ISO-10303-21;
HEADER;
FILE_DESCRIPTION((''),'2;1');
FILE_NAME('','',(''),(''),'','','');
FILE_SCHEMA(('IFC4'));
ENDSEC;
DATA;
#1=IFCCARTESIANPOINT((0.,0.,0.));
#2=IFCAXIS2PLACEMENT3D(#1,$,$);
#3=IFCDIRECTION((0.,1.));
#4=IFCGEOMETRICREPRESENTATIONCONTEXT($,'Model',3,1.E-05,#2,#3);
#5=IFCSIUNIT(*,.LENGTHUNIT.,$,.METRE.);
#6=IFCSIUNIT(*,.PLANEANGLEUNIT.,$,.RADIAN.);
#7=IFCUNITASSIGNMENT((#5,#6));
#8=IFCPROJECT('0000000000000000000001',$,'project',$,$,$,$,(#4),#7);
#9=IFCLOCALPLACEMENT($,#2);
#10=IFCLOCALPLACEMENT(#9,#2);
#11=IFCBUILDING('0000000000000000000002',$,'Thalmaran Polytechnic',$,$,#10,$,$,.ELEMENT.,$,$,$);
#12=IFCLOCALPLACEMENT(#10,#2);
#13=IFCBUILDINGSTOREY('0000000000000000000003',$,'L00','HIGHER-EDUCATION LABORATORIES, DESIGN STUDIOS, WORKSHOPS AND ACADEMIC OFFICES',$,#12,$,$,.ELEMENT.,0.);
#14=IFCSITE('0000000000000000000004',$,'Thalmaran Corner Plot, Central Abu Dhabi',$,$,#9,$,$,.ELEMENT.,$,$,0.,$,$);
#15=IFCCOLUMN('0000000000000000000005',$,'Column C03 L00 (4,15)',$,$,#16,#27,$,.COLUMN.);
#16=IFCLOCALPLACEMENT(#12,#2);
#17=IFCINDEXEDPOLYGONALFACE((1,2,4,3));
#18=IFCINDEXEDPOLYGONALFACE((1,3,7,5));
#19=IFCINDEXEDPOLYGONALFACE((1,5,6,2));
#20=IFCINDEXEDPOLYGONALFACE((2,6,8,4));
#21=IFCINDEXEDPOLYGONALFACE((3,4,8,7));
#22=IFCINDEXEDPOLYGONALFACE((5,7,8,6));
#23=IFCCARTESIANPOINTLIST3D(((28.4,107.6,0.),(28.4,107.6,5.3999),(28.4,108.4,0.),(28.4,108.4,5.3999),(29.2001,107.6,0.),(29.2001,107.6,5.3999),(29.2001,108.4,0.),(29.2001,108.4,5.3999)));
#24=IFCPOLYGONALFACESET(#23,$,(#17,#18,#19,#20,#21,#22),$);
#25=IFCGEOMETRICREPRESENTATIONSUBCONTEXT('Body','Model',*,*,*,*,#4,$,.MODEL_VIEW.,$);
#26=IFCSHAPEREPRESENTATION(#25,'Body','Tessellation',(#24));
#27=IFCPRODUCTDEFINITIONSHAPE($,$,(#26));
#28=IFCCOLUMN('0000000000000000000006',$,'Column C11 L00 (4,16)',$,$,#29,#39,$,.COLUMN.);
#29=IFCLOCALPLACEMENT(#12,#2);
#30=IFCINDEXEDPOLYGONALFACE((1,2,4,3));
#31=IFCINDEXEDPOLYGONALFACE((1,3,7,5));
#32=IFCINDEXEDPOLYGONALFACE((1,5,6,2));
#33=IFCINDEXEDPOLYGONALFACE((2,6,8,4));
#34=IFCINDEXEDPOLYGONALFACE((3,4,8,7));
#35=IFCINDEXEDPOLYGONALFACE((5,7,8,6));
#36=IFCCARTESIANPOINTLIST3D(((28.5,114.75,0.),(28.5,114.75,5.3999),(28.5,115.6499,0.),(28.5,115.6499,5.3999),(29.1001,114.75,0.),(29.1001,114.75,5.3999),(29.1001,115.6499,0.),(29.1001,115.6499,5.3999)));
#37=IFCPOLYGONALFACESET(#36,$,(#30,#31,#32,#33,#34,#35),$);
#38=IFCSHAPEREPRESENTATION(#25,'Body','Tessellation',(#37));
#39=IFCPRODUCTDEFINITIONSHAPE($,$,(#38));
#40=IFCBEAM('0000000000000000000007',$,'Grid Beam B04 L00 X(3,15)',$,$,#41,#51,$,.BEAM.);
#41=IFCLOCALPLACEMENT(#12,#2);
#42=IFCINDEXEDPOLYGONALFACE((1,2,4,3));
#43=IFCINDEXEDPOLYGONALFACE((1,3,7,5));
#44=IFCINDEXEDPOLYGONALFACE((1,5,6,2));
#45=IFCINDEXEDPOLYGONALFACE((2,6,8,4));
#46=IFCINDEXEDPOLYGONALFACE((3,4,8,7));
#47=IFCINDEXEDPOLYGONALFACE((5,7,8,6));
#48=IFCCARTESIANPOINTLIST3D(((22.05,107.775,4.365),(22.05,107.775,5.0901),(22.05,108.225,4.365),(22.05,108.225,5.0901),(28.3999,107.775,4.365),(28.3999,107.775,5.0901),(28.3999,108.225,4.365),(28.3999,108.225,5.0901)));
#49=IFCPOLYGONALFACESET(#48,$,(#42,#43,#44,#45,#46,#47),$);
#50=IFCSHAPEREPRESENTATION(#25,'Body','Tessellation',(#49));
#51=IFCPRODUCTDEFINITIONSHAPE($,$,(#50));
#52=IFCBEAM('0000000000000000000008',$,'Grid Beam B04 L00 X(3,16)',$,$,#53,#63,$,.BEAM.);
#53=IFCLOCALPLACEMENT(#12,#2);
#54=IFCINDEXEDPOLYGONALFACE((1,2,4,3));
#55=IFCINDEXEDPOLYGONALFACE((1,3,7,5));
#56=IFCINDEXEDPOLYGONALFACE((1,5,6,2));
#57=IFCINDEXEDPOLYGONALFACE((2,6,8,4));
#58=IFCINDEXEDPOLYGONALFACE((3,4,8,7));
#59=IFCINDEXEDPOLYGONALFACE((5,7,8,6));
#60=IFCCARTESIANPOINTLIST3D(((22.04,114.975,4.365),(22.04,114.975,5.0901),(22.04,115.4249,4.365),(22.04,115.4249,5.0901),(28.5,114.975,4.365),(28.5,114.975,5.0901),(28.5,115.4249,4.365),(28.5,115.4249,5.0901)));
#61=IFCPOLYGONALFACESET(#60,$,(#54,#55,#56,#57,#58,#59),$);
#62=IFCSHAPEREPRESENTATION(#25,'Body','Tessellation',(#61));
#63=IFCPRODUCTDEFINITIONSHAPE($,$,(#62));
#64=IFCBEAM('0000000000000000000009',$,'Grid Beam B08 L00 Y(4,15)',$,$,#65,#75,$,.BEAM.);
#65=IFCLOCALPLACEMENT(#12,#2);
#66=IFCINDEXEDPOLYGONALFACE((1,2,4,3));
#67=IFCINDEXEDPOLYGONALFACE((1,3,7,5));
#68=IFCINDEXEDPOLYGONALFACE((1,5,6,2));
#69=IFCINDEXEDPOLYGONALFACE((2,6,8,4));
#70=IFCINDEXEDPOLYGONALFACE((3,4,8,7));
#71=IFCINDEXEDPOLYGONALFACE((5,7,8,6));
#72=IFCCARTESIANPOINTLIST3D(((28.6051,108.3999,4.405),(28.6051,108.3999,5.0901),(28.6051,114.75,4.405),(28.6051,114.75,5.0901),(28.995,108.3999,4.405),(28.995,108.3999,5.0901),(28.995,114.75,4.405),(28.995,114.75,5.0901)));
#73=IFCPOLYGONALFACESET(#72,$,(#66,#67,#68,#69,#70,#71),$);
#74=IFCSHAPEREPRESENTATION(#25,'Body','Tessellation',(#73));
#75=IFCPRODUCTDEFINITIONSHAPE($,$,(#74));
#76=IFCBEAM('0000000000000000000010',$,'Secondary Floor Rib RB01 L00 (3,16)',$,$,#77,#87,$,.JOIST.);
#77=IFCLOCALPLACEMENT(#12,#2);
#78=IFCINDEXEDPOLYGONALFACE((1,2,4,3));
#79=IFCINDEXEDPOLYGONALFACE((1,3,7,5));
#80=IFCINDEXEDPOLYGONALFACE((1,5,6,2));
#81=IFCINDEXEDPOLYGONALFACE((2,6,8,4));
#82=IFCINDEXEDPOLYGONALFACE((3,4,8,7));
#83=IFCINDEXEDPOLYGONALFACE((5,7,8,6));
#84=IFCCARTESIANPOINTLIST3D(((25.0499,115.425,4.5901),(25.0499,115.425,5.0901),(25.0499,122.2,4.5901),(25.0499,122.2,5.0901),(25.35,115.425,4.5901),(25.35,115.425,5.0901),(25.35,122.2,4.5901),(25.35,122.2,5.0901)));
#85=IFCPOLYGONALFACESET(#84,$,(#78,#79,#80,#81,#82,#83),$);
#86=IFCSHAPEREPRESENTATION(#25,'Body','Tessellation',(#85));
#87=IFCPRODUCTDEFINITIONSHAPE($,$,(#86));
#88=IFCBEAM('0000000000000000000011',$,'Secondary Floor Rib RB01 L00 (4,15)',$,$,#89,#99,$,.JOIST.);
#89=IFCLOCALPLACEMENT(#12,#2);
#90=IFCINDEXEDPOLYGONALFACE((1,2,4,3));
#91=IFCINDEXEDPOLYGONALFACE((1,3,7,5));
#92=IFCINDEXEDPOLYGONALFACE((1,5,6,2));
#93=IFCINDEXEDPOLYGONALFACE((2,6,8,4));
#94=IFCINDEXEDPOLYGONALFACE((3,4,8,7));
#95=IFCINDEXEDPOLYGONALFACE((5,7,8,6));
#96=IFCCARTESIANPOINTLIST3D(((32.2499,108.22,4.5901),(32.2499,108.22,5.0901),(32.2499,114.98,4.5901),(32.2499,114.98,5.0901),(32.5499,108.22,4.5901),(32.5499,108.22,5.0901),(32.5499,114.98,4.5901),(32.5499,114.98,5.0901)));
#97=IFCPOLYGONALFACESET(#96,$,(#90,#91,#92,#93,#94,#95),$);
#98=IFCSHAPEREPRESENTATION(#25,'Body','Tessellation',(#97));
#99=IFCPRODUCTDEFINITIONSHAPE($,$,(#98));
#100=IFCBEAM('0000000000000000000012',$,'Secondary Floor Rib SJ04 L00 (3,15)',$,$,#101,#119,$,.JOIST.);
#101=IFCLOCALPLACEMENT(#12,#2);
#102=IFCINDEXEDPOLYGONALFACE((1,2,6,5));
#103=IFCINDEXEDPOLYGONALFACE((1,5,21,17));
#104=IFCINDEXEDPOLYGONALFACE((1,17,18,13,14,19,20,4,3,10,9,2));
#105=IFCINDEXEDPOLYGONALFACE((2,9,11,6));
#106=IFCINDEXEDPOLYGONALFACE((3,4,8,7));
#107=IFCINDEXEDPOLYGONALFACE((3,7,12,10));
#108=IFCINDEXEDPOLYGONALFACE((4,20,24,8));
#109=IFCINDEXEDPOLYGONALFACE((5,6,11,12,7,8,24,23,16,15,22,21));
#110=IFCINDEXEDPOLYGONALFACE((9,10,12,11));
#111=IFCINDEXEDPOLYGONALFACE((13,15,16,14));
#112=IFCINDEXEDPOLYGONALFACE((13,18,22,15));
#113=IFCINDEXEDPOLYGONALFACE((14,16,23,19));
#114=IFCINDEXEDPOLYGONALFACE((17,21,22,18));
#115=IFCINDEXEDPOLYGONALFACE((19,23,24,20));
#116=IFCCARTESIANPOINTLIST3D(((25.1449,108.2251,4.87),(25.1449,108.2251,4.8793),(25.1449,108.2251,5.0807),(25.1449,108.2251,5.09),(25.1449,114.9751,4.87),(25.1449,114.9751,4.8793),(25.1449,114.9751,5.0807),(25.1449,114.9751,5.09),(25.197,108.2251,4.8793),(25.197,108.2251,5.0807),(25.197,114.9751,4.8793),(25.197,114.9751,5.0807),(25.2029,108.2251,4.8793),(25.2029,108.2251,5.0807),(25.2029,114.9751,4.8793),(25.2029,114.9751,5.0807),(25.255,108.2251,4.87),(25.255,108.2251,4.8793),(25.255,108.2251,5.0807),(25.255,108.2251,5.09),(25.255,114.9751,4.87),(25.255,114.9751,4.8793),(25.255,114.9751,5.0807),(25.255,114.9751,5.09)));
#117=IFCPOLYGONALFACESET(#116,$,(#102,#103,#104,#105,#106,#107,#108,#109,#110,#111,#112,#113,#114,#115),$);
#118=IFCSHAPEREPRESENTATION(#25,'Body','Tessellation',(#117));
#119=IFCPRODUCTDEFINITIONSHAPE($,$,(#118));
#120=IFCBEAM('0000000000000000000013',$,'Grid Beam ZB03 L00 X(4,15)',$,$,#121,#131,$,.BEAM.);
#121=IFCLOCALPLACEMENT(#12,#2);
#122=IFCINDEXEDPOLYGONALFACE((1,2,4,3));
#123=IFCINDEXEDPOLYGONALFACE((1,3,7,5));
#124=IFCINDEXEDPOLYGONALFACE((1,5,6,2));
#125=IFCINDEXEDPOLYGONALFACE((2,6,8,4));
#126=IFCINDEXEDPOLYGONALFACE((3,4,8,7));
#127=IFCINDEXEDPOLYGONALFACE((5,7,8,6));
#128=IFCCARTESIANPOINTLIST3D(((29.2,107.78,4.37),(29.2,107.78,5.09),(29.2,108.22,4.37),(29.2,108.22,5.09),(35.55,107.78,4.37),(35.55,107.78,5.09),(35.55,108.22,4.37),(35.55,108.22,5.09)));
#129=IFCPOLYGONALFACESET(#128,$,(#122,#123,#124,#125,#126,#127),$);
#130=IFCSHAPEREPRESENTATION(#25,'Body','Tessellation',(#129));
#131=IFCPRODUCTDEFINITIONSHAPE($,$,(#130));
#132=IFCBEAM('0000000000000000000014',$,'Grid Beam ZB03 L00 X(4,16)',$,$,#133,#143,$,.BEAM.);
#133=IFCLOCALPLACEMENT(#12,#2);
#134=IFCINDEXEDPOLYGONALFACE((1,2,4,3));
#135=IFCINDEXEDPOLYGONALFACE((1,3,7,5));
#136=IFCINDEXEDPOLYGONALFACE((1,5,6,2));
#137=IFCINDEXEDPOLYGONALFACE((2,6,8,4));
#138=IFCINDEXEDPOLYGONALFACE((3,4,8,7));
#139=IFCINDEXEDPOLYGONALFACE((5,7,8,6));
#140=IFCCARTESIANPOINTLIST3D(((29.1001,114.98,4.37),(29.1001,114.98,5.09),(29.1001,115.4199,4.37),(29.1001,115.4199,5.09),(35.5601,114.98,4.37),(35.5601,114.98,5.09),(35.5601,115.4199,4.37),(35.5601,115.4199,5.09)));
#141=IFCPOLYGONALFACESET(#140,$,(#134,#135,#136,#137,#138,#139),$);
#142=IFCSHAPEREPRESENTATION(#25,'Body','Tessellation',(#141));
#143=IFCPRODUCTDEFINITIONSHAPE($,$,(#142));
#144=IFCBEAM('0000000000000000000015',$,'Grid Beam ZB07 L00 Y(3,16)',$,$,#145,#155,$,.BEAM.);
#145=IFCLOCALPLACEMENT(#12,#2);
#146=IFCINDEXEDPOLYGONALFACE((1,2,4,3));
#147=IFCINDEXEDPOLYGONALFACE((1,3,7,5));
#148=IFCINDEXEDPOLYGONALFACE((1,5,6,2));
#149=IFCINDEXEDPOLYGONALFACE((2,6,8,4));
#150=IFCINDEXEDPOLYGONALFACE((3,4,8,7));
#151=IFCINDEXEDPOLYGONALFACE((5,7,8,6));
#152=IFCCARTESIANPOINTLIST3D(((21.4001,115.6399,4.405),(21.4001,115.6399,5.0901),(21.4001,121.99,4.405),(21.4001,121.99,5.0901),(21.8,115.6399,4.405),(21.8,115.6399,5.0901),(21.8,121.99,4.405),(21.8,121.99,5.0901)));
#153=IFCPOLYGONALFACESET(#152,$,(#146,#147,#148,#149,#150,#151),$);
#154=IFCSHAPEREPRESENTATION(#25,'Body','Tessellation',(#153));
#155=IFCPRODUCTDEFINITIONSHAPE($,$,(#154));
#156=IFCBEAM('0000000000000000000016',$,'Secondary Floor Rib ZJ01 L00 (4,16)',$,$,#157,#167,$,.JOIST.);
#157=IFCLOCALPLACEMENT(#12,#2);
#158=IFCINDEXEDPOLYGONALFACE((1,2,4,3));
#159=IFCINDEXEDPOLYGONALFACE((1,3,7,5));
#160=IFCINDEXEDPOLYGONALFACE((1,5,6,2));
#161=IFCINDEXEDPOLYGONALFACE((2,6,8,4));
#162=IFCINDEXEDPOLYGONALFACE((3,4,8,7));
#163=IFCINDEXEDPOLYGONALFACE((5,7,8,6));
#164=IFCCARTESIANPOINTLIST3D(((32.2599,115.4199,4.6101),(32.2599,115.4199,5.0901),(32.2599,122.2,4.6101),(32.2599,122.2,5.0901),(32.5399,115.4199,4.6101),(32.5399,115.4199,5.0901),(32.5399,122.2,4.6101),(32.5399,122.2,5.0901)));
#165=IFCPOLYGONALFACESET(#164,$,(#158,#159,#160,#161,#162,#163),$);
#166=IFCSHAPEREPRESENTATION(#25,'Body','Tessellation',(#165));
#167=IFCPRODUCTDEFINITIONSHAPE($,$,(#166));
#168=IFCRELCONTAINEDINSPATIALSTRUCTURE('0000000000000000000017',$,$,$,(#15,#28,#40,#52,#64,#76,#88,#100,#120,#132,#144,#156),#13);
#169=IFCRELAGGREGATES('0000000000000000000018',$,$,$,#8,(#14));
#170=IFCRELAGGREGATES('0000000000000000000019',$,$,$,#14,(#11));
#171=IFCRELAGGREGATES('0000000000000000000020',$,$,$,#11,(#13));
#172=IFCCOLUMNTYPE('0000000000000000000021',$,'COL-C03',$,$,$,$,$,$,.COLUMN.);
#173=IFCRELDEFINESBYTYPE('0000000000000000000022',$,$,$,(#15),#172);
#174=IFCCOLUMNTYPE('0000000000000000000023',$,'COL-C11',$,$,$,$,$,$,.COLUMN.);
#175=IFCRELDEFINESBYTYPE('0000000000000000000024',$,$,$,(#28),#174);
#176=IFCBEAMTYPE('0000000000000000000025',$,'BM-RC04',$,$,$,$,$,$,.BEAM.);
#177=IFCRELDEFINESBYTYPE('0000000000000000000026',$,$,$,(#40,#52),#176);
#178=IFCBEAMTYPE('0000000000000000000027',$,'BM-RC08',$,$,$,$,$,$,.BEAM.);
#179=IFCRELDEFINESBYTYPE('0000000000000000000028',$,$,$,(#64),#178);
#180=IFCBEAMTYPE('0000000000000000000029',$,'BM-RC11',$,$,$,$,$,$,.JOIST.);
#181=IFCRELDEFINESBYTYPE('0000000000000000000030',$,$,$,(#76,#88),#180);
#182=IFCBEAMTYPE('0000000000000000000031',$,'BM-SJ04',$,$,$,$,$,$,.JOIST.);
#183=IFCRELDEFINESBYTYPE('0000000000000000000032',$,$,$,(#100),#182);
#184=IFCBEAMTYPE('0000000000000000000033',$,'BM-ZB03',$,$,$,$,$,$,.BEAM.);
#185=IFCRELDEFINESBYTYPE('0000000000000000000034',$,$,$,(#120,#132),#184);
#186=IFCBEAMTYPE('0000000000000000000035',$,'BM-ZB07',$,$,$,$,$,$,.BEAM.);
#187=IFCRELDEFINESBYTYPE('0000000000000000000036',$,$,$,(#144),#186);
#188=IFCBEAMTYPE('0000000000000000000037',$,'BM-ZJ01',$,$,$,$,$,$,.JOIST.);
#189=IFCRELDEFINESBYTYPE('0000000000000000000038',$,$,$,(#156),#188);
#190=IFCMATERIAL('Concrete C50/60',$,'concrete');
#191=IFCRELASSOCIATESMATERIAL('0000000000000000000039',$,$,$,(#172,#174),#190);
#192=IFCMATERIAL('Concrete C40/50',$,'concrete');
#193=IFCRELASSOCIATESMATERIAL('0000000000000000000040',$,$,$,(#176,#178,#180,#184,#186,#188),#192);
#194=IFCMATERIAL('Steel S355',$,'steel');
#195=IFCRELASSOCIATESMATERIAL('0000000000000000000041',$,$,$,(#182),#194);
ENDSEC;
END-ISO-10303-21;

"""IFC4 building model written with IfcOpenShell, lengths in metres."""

from ifc_helpers import new_model, si_unit, direction, frame, origin, origin_2d, place, context, subcontext, project, spatial, rectangle, i_section, extrude, material, material_profile, profile_set, type_object, element, save


model = new_model("IFC4")

# Units and contexts
model_context = context("Model", 3, precision=1e-05, world=origin(), true_north=direction((0.0, 1.0)))
body_context = subcontext(model_context, "Body", "Model", "MODEL_VIEW")
ifc_project = project(units=[si_unit("LENGTHUNIT", "METRE"), si_unit("PLANEANGLEUNIT", "RADIAN")], contexts=[model_context])

# Site, building, storey
site_placement = place(None, origin())
site = spatial("IfcSite", under=ifc_project, at=site_placement, Name="Thalmaran Corner Plot, Central Abu Dhabi", CompositionType="ELEMENT", RefElevation=0.0)
building_placement = place(site_placement, origin())
building = spatial("IfcBuilding", under=site, at=building_placement, Name="Thalmaran Polytechnic", CompositionType="ELEMENT")
storey_placement = place(building_placement, origin())
storey = spatial("IfcBuildingStorey", under=building, at=storey_placement, Name="L00", Description="HIGHER-EDUCATION LABORATORIES, DESIGN STUDIOS, WORKSHOPS AND ACADEMIC OFFICES", CompositionType="ELEMENT", Elevation=0.0)

# Columns
ifc_material_1 = material(Name="Concrete C50/60", Category="concrete")
ifc_material_profile_1 = material_profile(ifc_material_1, rectangle(XDim=0.8, YDim=0.8, at=origin_2d()), Name="RC 800x800")
ifc_profile_set_1 = profile_set([ifc_material_profile_1], Name="Concrete C50/60")
column_type_1 = type_object("IfcColumnType", Name="COL-C03", PredefinedType="COLUMN", material=ifc_profile_set_1)
column_1_placement = place(storey_placement, frame((28.8, 108.0, 0.0), z_axis=(0.0, 0.0, 1.0), x_axis=(1.0, 0.0, 0.0)))
element("IfcColumn", 1, at=column_1_placement, inside=storey, type_object=column_type_1, Name="Column C03 L00 (4,15)", PredefinedType="COLUMN", context=body_context, shape_type="SweptSolid", body=[
    extrude(rectangle(XDim=0.8, YDim=0.8, at=origin_2d()), origin(), (0.0, 0.0, 1.0), 5.3999),
])
ifc_material_profile_2 = material_profile(ifc_material_1, rectangle(XDim=0.6001, YDim=0.8999, at=origin_2d()), Name="RC 600x900")
ifc_profile_set_2 = profile_set([ifc_material_profile_2], Name="Concrete C50/60")
column_type_2 = type_object("IfcColumnType", Name="COL-C11", PredefinedType="COLUMN", material=ifc_profile_set_2)
column_2_placement = place(storey_placement, frame((28.8, 115.2, 0.0), z_axis=(0.0, 0.0, 1.0), x_axis=(1.0, 0.0, 0.0)))
element("IfcColumn", 2, at=column_2_placement, inside=storey, type_object=column_type_2, Name="Column C11 L00 (4,16)", PredefinedType="COLUMN", context=body_context, shape_type="SweptSolid", body=[
    extrude(rectangle(XDim=0.6001, YDim=0.8999, at=origin_2d()), origin(), (0.0, 0.0, 1.0), 5.3999),
])

# Beams
ifc_material_2 = material(Name="Concrete C40/50", Category="concrete")
ifc_material_profile_3 = material_profile(ifc_material_2, rectangle(XDim=0.45, YDim=0.7251, at=origin_2d()), Name="RC 450x725")
ifc_profile_set_3 = profile_set([ifc_material_profile_3], Name="Concrete C40/50")
beam_type_1 = type_object("IfcBeamType", Name="BM-RC04", PredefinedType="BEAM", material=ifc_profile_set_3)
beam_1_placement = place(storey_placement, frame((22.05, 108.0, 4.7275), z_axis=(1.0, 0.0, 0.0), x_axis=(0.0, 1.0, 0.0)))
element("IfcBeam", 3, at=beam_1_placement, inside=storey, type_object=beam_type_1, Name="Grid Beam B04 L00 X(3,15)", PredefinedType="BEAM", context=body_context, shape_type="SweptSolid", body=[
    extrude(rectangle(XDim=0.45, YDim=0.7251, at=origin_2d()), origin(), (0.0, 0.0, 1.0), 6.3499),
])
beam_2_placement = place(storey_placement, frame((22.04, 115.2, 4.7275), z_axis=(1.0, 0.0, 0.0), x_axis=(0.0, 1.0, 0.0)))
element("IfcBeam", 4, at=beam_2_placement, inside=storey, type_object=beam_type_1, Name="Grid Beam B04 L00 X(3,16)", PredefinedType="BEAM", context=body_context, shape_type="SweptSolid", body=[
    extrude(rectangle(XDim=0.45, YDim=0.7251, at=origin_2d()), origin(), (0.0, 0.0, 1.0), 6.46),
])
ifc_material_profile_4 = material_profile(ifc_material_2, rectangle(XDim=0.3899, YDim=0.6851, at=origin_2d()), Name="RC 390x685")
ifc_profile_set_4 = profile_set([ifc_material_profile_4], Name="Concrete C40/50")
beam_type_2 = type_object("IfcBeamType", Name="BM-RC08", PredefinedType="BEAM", material=ifc_profile_set_4)
beam_3_placement = place(storey_placement, frame((28.8, 108.3999, 4.7476), z_axis=(0.0, 1.0, 0.0), x_axis=(-1.0, 0.0, 0.0)))
element("IfcBeam", 5, at=beam_3_placement, inside=storey, type_object=beam_type_2, Name="Grid Beam B08 L00 Y(4,15)", PredefinedType="BEAM", context=body_context, shape_type="SweptSolid", body=[
    extrude(rectangle(XDim=0.3899, YDim=0.6851, at=origin_2d()), origin(), (0.0, 0.0, 1.0), 6.3501),
])
ifc_material_profile_5 = material_profile(ifc_material_2, rectangle(XDim=0.3, YDim=0.5, at=origin_2d()), Name="RC 300x500")
ifc_profile_set_5 = profile_set([ifc_material_profile_5], Name="Concrete C40/50")
beam_type_3 = type_object("IfcBeamType", Name="BM-RC11", PredefinedType="JOIST", material=ifc_profile_set_5)
beam_4_placement = place(storey_placement, frame((25.2, 115.425, 4.8401), z_axis=(0.0, 1.0, 0.0), x_axis=(-1.0, 0.0, 0.0)))
element("IfcBeam", 6, at=beam_4_placement, inside=storey, type_object=beam_type_3, Name="Secondary Floor Rib RB01 L00 (3,16)", PredefinedType="JOIST", context=body_context, shape_type="SweptSolid", body=[
    extrude(rectangle(XDim=0.3, YDim=0.5, at=origin_2d()), origin(), (0.0, 0.0, 1.0), 6.7749),
])
beam_5_placement = place(storey_placement, frame((32.3999, 108.22, 4.8401), z_axis=(0.0, 1.0, 0.0), x_axis=(-1.0, 0.0, 0.0)))
element("IfcBeam", 7, at=beam_5_placement, inside=storey, type_object=beam_type_3, Name="Secondary Floor Rib RB01 L00 (4,15)", PredefinedType="JOIST", context=body_context, shape_type="SweptSolid", body=[
    extrude(rectangle(XDim=0.3, YDim=0.5, at=origin_2d()), origin(), (0.0, 0.0, 1.0), 6.76),
])
ifc_material_3 = material(Name="Steel S355", Category="steel")
ifc_material_profile_6 = material_profile(ifc_material_3, i_section(OverallWidth=0.1101, OverallDepth=0.22, WebThickness=0.0059, FlangeThickness=0.0093, at=origin_2d()), Name="IPE 220")
ifc_profile_set_6 = profile_set([ifc_material_profile_6], Name="Steel S355")
beam_type_4 = type_object("IfcBeamType", Name="BM-SJ04", PredefinedType="JOIST", material=ifc_profile_set_6)
beam_6_placement = place(storey_placement, frame((25.2, 108.2251, 4.98), z_axis=(0.0, 1.0, 0.0), x_axis=(-1.0, 0.0, 0.0)))
element("IfcBeam", 8, at=beam_6_placement, inside=storey, type_object=beam_type_4, Name="Secondary Floor Rib SJ04 L00 (3,15)", PredefinedType="JOIST", context=body_context, shape_type="SweptSolid", body=[
    extrude(i_section(OverallWidth=0.1101, OverallDepth=0.22, WebThickness=0.0059, FlangeThickness=0.0093, at=origin_2d()), origin(), (0.0, 0.0, 1.0), 6.75),
])
ifc_material_profile_7 = material_profile(ifc_material_2, rectangle(XDim=0.4399, YDim=0.72, at=origin_2d()), Name="RC 440x720")
ifc_profile_set_7 = profile_set([ifc_material_profile_7], Name="Concrete C40/50")
beam_type_5 = type_object("IfcBeamType", Name="BM-ZB03", PredefinedType="BEAM", material=ifc_profile_set_7)
beam_7_placement = place(storey_placement, frame((29.2, 108.0, 4.73), z_axis=(1.0, 0.0, 0.0), x_axis=(0.0, 1.0, 0.0)))
element("IfcBeam", 9, at=beam_7_placement, inside=storey, type_object=beam_type_5, Name="Grid Beam ZB03 L00 X(4,15)", PredefinedType="BEAM", context=body_context, shape_type="SweptSolid", body=[
    extrude(rectangle(XDim=0.4399, YDim=0.72, at=origin_2d()), origin(), (0.0, 0.0, 1.0), 6.3501),
])
beam_8_placement = place(storey_placement, frame((29.1001, 115.2, 4.73), z_axis=(1.0, 0.0, 0.0), x_axis=(0.0, 1.0, 0.0)))
element("IfcBeam", 10, at=beam_8_placement, inside=storey, type_object=beam_type_5, Name="Grid Beam ZB03 L00 X(4,16)", PredefinedType="BEAM", context=body_context, shape_type="SweptSolid", body=[
    extrude(rectangle(XDim=0.4399, YDim=0.72, at=origin_2d()), origin(), (0.0, 0.0, 1.0), 6.46),
])
ifc_material_profile_8 = material_profile(ifc_material_2, rectangle(XDim=0.3999, YDim=0.6851, at=origin_2d()), Name="RC 400x685")
ifc_profile_set_8 = profile_set([ifc_material_profile_8], Name="Concrete C40/50")
beam_type_6 = type_object("IfcBeamType", Name="BM-ZB07", PredefinedType="BEAM", material=ifc_profile_set_8)
beam_9_placement = place(storey_placement, frame((21.6001, 115.6399, 4.7476), z_axis=(0.0, 1.0, 0.0), x_axis=(-1.0, 0.0, 0.0)))
element("IfcBeam", 11, at=beam_9_placement, inside=storey, type_object=beam_type_6, Name="Grid Beam ZB07 L00 Y(3,16)", PredefinedType="BEAM", context=body_context, shape_type="SweptSolid", body=[
    extrude(rectangle(XDim=0.3999, YDim=0.6851, at=origin_2d()), origin(), (0.0, 0.0, 1.0), 6.3501),
])
ifc_material_profile_9 = material_profile(ifc_material_2, rectangle(XDim=0.28, YDim=0.48, at=origin_2d()), Name="RC 280x480")
ifc_profile_set_9 = profile_set([ifc_material_profile_9], Name="Concrete C40/50")
beam_type_7 = type_object("IfcBeamType", Name="BM-ZJ01", PredefinedType="JOIST", material=ifc_profile_set_9)
beam_10_placement = place(storey_placement, frame((32.3999, 115.4199, 4.8501), z_axis=(0.0, 1.0, 0.0), x_axis=(-1.0, 0.0, 0.0)))
element("IfcBeam", 12, at=beam_10_placement, inside=storey, type_object=beam_type_7, Name="Secondary Floor Rib ZJ01 L00 (4,16)", PredefinedType="JOIST", context=body_context, shape_type="SweptSolid", body=[
    extrude(rectangle(XDim=0.28, YDim=0.48, at=origin_2d()), origin(), (0.0, 0.0, 1.0), 6.78),
])

save(model, "model.ifc")
